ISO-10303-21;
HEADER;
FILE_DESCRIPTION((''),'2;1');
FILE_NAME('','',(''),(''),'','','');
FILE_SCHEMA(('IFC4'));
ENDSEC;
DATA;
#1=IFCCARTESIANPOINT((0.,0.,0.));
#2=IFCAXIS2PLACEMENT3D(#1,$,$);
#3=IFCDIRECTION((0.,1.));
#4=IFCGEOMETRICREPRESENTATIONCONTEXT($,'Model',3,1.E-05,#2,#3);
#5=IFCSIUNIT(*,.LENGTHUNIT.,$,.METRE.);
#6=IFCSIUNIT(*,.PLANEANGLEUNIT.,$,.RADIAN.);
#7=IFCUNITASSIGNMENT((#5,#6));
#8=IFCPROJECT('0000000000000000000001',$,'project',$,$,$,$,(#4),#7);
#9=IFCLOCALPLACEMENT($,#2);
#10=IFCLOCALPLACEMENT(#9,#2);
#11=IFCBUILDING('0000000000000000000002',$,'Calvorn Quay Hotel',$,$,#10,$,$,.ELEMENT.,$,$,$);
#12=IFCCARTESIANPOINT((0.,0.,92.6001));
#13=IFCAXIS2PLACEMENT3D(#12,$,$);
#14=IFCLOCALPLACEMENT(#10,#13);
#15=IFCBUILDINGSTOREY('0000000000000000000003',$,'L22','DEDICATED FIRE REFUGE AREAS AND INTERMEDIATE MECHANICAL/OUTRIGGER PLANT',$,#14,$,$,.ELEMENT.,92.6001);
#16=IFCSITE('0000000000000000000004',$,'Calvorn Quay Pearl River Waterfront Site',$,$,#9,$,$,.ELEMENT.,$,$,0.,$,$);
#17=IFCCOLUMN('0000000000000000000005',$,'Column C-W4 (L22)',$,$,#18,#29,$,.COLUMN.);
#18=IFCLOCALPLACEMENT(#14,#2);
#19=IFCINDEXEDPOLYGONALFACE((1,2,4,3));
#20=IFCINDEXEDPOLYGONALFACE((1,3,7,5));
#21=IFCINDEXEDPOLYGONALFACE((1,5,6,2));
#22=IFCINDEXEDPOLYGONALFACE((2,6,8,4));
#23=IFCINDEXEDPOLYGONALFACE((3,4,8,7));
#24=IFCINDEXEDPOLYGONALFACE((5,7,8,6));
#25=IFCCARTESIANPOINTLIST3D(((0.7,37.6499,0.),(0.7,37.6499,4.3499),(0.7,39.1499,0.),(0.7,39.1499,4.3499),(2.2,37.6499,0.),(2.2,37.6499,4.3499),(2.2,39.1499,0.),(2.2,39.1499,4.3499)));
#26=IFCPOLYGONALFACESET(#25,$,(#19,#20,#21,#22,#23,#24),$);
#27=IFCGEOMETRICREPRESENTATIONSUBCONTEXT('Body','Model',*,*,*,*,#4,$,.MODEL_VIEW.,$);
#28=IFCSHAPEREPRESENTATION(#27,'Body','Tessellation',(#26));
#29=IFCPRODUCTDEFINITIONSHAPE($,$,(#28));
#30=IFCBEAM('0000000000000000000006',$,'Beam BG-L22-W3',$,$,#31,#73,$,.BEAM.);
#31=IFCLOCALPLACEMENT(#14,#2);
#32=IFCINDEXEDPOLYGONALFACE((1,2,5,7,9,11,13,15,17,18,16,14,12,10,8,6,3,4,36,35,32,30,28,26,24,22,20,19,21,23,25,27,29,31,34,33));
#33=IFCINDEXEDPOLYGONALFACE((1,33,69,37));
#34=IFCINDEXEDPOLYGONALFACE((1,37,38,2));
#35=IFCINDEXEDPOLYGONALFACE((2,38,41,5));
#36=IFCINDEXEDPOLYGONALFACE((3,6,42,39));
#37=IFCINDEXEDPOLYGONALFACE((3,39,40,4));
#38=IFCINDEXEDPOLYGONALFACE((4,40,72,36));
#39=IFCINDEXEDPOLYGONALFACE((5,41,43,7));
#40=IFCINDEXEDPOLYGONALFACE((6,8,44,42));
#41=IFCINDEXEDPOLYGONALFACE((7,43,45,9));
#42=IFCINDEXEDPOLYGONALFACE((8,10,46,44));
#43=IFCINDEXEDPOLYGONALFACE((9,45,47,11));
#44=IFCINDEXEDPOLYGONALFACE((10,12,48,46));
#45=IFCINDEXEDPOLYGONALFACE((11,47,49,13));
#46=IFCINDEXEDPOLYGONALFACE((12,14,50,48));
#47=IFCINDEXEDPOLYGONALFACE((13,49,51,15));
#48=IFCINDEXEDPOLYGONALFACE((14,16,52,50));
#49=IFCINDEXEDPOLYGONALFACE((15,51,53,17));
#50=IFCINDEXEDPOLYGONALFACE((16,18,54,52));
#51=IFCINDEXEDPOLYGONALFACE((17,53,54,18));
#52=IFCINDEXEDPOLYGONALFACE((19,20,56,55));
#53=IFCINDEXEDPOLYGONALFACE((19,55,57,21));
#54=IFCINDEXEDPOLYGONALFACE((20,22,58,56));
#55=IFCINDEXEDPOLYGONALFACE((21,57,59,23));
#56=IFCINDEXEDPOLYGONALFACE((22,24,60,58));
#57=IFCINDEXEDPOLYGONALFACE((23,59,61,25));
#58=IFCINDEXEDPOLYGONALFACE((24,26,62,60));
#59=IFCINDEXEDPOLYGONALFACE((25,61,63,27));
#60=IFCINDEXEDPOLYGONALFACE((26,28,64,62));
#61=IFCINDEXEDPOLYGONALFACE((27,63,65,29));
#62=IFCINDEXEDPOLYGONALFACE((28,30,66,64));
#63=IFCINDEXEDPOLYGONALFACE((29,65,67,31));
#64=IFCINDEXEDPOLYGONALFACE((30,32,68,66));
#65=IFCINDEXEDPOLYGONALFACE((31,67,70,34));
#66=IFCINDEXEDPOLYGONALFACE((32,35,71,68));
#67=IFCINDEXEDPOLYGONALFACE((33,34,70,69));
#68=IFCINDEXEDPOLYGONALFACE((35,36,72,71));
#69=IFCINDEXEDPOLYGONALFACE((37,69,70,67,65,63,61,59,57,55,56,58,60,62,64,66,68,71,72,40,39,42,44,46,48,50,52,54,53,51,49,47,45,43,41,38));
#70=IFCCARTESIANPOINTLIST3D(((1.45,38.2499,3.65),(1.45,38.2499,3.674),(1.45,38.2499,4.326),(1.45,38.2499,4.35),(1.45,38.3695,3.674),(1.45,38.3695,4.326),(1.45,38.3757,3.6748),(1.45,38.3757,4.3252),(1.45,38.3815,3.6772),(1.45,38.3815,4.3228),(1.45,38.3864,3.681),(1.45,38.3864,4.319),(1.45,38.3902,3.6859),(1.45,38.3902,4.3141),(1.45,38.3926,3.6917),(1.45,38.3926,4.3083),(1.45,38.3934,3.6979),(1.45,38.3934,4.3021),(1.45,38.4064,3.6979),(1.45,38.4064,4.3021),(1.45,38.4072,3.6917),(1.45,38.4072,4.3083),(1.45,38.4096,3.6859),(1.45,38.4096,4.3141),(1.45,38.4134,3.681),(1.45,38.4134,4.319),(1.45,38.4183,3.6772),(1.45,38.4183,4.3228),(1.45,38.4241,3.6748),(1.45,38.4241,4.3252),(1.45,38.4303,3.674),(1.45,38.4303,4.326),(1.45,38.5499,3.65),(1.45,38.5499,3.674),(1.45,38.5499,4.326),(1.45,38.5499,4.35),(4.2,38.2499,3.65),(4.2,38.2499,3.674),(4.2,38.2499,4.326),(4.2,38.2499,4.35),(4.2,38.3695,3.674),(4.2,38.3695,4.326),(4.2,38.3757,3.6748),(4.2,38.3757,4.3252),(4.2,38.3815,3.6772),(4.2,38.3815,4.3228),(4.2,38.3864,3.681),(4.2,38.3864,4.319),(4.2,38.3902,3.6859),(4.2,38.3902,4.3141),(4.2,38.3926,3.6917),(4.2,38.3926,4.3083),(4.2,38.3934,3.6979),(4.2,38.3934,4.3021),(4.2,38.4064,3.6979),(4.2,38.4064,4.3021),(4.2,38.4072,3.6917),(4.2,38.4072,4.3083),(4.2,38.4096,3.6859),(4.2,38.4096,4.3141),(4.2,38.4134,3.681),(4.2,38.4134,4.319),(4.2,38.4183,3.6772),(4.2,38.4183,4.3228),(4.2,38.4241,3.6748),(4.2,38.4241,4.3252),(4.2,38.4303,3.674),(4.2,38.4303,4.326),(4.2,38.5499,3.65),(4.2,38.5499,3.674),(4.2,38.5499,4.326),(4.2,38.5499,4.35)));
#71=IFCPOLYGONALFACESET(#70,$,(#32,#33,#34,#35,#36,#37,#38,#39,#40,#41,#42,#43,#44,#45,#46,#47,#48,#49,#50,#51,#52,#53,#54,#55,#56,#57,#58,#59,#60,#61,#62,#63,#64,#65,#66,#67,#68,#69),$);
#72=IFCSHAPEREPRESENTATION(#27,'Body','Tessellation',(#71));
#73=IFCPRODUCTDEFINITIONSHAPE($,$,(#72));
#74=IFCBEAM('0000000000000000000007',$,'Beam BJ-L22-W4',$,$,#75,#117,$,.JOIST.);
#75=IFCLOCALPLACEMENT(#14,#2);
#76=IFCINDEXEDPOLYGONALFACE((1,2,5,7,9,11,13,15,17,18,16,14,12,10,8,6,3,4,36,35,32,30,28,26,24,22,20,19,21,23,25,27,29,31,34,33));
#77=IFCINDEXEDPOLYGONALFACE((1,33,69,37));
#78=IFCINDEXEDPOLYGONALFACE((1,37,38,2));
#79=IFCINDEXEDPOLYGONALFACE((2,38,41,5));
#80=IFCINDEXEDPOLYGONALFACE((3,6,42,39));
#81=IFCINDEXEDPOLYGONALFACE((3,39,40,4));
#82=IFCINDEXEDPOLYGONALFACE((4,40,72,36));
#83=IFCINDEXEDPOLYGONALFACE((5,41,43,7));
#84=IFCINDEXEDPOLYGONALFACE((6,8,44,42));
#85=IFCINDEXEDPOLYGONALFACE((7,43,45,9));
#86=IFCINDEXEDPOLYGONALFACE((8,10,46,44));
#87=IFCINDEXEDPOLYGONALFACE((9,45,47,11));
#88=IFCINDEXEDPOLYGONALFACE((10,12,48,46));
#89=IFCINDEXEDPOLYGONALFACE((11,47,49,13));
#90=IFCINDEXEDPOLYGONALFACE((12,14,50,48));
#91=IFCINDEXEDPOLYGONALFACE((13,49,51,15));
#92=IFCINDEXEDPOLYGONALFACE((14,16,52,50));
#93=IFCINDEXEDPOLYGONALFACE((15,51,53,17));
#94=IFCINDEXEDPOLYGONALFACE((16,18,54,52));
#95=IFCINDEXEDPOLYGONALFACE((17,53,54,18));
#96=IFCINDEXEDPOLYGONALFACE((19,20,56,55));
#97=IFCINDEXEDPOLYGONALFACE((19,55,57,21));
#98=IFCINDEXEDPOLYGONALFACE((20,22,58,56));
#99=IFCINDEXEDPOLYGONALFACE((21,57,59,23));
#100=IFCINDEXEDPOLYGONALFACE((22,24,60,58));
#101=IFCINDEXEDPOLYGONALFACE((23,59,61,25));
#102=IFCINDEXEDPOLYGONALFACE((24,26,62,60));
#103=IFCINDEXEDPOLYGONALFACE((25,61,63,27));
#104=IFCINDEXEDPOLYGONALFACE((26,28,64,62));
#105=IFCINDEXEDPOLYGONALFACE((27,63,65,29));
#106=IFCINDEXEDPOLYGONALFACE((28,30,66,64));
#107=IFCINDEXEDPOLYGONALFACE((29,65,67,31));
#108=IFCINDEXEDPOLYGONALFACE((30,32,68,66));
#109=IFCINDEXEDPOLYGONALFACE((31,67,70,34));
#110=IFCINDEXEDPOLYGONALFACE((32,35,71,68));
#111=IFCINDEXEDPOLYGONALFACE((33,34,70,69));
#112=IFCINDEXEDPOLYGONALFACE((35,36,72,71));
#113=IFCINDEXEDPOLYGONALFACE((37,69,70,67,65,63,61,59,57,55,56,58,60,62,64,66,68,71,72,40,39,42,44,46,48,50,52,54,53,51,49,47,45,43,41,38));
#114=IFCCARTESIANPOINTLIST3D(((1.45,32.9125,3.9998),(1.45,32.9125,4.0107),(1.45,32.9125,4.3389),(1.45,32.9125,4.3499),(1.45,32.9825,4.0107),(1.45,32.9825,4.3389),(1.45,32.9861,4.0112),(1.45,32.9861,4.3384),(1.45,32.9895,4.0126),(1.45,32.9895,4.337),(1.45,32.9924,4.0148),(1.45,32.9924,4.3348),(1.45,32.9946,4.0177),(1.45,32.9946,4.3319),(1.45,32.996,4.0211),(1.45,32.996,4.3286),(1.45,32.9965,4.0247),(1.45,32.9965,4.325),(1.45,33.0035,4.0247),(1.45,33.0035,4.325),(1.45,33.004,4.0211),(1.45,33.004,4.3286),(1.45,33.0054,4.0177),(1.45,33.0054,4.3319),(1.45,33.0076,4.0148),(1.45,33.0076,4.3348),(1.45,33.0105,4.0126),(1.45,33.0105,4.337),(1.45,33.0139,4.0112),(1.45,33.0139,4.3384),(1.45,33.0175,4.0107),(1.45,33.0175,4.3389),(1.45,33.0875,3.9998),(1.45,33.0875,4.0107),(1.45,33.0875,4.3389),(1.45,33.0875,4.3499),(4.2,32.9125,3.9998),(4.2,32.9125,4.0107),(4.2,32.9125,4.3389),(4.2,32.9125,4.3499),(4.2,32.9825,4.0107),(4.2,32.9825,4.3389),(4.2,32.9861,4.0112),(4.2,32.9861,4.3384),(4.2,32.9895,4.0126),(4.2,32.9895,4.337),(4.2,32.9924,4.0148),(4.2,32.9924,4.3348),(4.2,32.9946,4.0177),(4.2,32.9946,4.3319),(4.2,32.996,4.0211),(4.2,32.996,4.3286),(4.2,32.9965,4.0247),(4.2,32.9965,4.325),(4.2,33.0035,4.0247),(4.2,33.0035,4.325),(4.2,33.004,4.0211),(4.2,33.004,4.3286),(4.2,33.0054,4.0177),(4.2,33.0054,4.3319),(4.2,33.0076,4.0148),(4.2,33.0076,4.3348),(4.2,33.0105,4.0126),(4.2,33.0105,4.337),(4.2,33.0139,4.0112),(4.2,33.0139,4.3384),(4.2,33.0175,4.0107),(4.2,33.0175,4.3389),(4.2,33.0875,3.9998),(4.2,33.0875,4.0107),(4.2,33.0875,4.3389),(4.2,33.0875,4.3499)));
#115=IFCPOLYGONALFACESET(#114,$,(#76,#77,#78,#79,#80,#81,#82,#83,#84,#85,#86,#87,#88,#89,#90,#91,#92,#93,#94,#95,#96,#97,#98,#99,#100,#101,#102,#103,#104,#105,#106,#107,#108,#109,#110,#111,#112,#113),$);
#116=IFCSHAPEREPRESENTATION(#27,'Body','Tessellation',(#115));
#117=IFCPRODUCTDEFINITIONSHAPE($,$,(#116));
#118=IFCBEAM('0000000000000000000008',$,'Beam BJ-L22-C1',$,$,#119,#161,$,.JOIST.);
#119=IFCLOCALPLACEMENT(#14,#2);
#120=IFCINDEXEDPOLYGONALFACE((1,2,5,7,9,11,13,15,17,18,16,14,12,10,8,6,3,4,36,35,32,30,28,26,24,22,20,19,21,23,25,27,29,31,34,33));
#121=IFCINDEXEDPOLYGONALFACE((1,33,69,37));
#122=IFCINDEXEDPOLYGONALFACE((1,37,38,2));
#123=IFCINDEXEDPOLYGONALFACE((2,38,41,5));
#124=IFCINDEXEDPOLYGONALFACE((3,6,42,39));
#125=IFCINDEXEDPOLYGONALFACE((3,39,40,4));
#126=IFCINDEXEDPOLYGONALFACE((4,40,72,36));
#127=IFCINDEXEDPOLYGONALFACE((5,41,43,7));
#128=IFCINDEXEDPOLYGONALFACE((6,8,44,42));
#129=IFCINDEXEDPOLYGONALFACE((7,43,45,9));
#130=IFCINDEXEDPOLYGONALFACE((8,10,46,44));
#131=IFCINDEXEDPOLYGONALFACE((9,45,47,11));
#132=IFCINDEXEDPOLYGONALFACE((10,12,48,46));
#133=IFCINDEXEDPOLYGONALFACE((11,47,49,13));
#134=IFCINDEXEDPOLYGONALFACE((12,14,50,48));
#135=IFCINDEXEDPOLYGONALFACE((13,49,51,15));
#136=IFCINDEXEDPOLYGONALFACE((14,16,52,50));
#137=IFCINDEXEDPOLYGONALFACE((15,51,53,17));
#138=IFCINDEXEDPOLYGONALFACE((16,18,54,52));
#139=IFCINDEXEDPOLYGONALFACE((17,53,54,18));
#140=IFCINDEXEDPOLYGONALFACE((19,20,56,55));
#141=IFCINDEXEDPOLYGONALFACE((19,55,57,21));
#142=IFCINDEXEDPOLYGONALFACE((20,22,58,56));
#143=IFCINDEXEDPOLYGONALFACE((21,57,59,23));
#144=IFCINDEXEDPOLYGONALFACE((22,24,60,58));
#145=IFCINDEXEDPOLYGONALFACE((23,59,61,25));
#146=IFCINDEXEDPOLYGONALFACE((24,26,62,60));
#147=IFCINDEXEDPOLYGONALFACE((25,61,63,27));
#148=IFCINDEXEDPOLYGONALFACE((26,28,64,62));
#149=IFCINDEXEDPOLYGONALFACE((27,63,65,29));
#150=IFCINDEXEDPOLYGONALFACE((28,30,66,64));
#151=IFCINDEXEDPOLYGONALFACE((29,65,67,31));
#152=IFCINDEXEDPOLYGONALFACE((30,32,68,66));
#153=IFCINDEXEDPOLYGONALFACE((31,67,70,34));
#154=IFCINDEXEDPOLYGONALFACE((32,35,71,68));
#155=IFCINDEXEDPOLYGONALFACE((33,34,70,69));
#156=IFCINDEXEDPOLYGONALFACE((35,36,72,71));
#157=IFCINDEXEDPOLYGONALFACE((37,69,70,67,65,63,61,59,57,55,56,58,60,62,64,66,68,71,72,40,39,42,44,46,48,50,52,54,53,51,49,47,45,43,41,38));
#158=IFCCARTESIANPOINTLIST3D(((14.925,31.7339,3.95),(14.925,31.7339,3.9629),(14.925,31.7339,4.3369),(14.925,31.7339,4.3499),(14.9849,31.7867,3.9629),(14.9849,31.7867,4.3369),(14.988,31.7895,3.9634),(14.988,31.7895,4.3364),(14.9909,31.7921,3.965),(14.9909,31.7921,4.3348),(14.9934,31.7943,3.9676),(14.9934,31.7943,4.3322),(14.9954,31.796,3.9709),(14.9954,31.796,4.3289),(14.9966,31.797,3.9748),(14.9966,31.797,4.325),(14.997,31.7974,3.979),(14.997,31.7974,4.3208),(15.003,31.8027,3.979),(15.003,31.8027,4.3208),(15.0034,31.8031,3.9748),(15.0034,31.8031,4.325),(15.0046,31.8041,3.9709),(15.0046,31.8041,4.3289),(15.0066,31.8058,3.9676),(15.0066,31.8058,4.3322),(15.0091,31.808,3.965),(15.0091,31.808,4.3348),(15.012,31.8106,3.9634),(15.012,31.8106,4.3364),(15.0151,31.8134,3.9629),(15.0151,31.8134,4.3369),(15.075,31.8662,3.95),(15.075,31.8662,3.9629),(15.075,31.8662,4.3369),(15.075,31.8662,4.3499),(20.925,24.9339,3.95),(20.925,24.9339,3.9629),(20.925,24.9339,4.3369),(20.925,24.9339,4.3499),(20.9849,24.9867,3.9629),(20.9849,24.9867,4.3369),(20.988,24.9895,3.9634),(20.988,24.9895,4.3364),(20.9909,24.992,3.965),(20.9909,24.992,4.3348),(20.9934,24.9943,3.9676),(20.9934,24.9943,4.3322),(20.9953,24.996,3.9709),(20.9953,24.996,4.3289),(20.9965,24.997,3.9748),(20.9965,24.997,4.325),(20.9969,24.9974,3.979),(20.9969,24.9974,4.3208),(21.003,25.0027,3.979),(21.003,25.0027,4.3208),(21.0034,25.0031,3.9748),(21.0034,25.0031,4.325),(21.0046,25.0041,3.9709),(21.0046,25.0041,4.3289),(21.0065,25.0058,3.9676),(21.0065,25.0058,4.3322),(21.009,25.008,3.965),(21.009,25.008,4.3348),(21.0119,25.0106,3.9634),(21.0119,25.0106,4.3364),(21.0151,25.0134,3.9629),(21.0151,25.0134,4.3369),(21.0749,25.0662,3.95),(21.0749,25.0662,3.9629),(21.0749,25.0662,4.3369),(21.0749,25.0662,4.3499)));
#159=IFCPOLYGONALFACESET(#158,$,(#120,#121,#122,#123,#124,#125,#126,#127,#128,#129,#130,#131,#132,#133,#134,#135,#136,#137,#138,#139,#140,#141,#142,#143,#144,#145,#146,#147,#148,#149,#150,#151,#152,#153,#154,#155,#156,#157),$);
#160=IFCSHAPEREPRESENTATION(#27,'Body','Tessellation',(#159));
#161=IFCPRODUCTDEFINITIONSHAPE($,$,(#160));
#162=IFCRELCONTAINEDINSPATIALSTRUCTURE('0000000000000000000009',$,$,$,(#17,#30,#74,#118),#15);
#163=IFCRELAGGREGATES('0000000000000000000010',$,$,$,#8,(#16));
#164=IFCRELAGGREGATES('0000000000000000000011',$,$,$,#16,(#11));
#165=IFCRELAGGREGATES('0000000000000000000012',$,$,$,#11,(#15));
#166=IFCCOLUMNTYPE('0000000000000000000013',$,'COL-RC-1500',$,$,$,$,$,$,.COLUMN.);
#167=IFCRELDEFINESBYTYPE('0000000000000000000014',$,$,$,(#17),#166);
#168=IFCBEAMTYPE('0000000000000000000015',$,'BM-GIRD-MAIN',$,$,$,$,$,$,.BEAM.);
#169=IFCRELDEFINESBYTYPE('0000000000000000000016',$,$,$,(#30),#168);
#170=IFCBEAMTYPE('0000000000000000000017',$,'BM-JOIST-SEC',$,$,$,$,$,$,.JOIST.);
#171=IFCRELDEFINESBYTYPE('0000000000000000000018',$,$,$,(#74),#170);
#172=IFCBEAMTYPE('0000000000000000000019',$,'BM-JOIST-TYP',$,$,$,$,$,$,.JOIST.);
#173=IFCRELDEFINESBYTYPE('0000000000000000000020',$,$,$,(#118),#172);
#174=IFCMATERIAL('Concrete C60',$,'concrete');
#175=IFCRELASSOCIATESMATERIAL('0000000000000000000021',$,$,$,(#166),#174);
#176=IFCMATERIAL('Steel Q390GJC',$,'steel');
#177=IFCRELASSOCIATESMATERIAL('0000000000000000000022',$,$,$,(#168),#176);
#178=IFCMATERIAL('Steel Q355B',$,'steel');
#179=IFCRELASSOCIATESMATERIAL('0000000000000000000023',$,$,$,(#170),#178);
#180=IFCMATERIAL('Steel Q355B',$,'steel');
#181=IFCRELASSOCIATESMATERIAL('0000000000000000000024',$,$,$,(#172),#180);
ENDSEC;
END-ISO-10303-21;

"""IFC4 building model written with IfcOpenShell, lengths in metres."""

from ifc_helpers import new_model, si_unit, direction, frame, origin, origin_2d, place, context, subcontext, project, spatial, rectangle, i_section, extrude, material, material_profile, profile_set, type_object, element, save


model = new_model("IFC4")

# Units and contexts
model_context = context("Model", 3, precision=1e-05, world=origin(), true_north=direction((0.0, 1.0)))
body_context = subcontext(model_context, "Body", "Model", "MODEL_VIEW")
ifc_project = project(units=[si_unit("LENGTHUNIT", "METRE"), si_unit("PLANEANGLEUNIT", "RADIAN")], contexts=[model_context])

# Site, building, storey
site_placement = place(None, origin())
site = spatial("IfcSite", under=ifc_project, at=site_placement, Name="Calvorn Quay Pearl River Waterfront Site", CompositionType="ELEMENT", RefElevation=0.0)
building_placement = place(site_placement, origin())
building = spatial("IfcBuilding", under=site, at=building_placement, Name="Calvorn Quay Hotel", CompositionType="ELEMENT")
storey_placement = place(building_placement, frame((0.0, 0.0, 92.6001)))
storey = spatial("IfcBuildingStorey", under=building, at=storey_placement, Name="L22", Description="DEDICATED FIRE REFUGE AREAS AND INTERMEDIATE MECHANICAL/OUTRIGGER PLANT", CompositionType="ELEMENT", Elevation=92.6001)

# Column
ifc_material_1 = material(Name="Concrete C60", Category="concrete")
ifc_material_profile_1 = material_profile(ifc_material_1, rectangle(XDim=1.5, YDim=1.5, at=origin_2d()), Name="RC1500x1500")
ifc_profile_set_1 = profile_set([ifc_material_profile_1], Name="Concrete C60")
column_type = type_object("IfcColumnType", Name="COL-RC-1500", PredefinedType="COLUMN", material=ifc_profile_set_1)
column_placement = place(storey_placement, frame((1.45, 38.3999, 0.0), z_axis=(0.0, 0.0, 1.0), x_axis=(1.0, 0.0, 0.0)))
element("IfcColumn", 1, at=column_placement, inside=storey, type_object=column_type, Name="Column C-W4 (L22)", PredefinedType="COLUMN", context=body_context, shape_type="SweptSolid", body=[
    extrude(rectangle(XDim=1.5, YDim=1.5, at=origin_2d()), origin(), (0.0, 0.0, 1.0), 4.3499),
])

# Beams
ifc_material_2 = material(Name="Steel Q390GJC", Category="steel")
ifc_material_profile_2 = material_profile(ifc_material_2, i_section(OverallWidth=0.3, OverallDepth=0.7, WebThickness=0.0129, FlangeThickness=0.0239, FilletRadius=0.0239, at=origin_2d()), Name="HN700x300x13x24")
ifc_profile_set_2 = profile_set([ifc_material_profile_2], Name="Steel Q390GJC")
beam_type_1 = type_object("IfcBeamType", Name="BM-GIRD-MAIN", PredefinedType="BEAM", material=ifc_profile_set_2)
beam_1_placement = place(storey_placement, frame((1.45, 38.3999, 4.0), z_axis=(1.0, 0.0, 0.0), x_axis=(0.0, 1.0, 0.0)))
element("IfcBeam", 2, at=beam_1_placement, inside=storey, type_object=beam_type_1, Name="Beam BG-L22-W3", PredefinedType="BEAM", context=body_context, shape_type="SweptSolid", body=[
    extrude(i_section(OverallWidth=0.3, OverallDepth=0.7, WebThickness=0.0129, FlangeThickness=0.0239, FilletRadius=0.0239, at=origin_2d()), origin(), (0.0, 0.0, 1.0), 2.75),
])
ifc_material_3 = material(Name="Steel Q355B", Category="steel")
ifc_material_profile_3 = material_profile(ifc_material_3, i_section(OverallWidth=0.175, OverallDepth=0.3501, WebThickness=0.0071, FlangeThickness=0.011, FilletRadius=0.0139, at=origin_2d()), Name="HN350x175x7x11")
ifc_profile_set_3 = profile_set([ifc_material_profile_3], Name="Steel Q355B")
beam_type_2 = type_object("IfcBeamType", Name="BM-JOIST-SEC", PredefinedType="JOIST", material=ifc_profile_set_3)
beam_2_placement = place(storey_placement, frame((1.45, 33.0, 4.1748), z_axis=(1.0, 0.0, 0.0), x_axis=(0.0, 1.0, 0.0)))
element("IfcBeam", 3, at=beam_2_placement, inside=storey, type_object=beam_type_2, Name="Beam BJ-L22-W4", PredefinedType="JOIST", context=body_context, shape_type="SweptSolid", body=[
    extrude(i_section(OverallWidth=0.175, OverallDepth=0.3501, WebThickness=0.0071, FlangeThickness=0.011, FilletRadius=0.0139, at=origin_2d()), origin(), (0.0, 0.0, 1.0), 2.75),
])
ifc_material_4 = material(Name="Steel Q355B", Category="steel")
ifc_material_profile_4 = material_profile(ifc_material_4, i_section(OverallWidth=0.2, OverallDepth=0.3999, WebThickness=0.0081, FlangeThickness=0.0129, FilletRadius=0.0161, at=origin_2d()), Name="HN400x200x8x13")
ifc_profile_set_4 = profile_set([ifc_material_profile_4], Name="Steel Q355B")
beam_type_3 = type_object("IfcBeamType", Name="BM-JOIST-TYP", PredefinedType="JOIST", material=ifc_profile_set_4)
beam_3_placement = place(storey_placement, frame((15.0, 31.8, 4.1499), z_axis=(0.661619, -0.74984, 0.0), x_axis=(0.74984, 0.661619, 0.0)))
element("IfcBeam", 4, at=beam_3_placement, inside=storey, type_object=beam_type_3, Name="Beam BJ-L22-C1", PredefinedType="JOIST", context=body_context, shape_type="SweptSolid", body=[
    extrude(i_section(OverallWidth=0.2, OverallDepth=0.3999, WebThickness=0.0081, FlangeThickness=0.0129, FilletRadius=0.0161, at=origin_2d()), origin(), (0.0, 0.0, 1.0), 9.0686),
])

save(model, "model.ifc")
